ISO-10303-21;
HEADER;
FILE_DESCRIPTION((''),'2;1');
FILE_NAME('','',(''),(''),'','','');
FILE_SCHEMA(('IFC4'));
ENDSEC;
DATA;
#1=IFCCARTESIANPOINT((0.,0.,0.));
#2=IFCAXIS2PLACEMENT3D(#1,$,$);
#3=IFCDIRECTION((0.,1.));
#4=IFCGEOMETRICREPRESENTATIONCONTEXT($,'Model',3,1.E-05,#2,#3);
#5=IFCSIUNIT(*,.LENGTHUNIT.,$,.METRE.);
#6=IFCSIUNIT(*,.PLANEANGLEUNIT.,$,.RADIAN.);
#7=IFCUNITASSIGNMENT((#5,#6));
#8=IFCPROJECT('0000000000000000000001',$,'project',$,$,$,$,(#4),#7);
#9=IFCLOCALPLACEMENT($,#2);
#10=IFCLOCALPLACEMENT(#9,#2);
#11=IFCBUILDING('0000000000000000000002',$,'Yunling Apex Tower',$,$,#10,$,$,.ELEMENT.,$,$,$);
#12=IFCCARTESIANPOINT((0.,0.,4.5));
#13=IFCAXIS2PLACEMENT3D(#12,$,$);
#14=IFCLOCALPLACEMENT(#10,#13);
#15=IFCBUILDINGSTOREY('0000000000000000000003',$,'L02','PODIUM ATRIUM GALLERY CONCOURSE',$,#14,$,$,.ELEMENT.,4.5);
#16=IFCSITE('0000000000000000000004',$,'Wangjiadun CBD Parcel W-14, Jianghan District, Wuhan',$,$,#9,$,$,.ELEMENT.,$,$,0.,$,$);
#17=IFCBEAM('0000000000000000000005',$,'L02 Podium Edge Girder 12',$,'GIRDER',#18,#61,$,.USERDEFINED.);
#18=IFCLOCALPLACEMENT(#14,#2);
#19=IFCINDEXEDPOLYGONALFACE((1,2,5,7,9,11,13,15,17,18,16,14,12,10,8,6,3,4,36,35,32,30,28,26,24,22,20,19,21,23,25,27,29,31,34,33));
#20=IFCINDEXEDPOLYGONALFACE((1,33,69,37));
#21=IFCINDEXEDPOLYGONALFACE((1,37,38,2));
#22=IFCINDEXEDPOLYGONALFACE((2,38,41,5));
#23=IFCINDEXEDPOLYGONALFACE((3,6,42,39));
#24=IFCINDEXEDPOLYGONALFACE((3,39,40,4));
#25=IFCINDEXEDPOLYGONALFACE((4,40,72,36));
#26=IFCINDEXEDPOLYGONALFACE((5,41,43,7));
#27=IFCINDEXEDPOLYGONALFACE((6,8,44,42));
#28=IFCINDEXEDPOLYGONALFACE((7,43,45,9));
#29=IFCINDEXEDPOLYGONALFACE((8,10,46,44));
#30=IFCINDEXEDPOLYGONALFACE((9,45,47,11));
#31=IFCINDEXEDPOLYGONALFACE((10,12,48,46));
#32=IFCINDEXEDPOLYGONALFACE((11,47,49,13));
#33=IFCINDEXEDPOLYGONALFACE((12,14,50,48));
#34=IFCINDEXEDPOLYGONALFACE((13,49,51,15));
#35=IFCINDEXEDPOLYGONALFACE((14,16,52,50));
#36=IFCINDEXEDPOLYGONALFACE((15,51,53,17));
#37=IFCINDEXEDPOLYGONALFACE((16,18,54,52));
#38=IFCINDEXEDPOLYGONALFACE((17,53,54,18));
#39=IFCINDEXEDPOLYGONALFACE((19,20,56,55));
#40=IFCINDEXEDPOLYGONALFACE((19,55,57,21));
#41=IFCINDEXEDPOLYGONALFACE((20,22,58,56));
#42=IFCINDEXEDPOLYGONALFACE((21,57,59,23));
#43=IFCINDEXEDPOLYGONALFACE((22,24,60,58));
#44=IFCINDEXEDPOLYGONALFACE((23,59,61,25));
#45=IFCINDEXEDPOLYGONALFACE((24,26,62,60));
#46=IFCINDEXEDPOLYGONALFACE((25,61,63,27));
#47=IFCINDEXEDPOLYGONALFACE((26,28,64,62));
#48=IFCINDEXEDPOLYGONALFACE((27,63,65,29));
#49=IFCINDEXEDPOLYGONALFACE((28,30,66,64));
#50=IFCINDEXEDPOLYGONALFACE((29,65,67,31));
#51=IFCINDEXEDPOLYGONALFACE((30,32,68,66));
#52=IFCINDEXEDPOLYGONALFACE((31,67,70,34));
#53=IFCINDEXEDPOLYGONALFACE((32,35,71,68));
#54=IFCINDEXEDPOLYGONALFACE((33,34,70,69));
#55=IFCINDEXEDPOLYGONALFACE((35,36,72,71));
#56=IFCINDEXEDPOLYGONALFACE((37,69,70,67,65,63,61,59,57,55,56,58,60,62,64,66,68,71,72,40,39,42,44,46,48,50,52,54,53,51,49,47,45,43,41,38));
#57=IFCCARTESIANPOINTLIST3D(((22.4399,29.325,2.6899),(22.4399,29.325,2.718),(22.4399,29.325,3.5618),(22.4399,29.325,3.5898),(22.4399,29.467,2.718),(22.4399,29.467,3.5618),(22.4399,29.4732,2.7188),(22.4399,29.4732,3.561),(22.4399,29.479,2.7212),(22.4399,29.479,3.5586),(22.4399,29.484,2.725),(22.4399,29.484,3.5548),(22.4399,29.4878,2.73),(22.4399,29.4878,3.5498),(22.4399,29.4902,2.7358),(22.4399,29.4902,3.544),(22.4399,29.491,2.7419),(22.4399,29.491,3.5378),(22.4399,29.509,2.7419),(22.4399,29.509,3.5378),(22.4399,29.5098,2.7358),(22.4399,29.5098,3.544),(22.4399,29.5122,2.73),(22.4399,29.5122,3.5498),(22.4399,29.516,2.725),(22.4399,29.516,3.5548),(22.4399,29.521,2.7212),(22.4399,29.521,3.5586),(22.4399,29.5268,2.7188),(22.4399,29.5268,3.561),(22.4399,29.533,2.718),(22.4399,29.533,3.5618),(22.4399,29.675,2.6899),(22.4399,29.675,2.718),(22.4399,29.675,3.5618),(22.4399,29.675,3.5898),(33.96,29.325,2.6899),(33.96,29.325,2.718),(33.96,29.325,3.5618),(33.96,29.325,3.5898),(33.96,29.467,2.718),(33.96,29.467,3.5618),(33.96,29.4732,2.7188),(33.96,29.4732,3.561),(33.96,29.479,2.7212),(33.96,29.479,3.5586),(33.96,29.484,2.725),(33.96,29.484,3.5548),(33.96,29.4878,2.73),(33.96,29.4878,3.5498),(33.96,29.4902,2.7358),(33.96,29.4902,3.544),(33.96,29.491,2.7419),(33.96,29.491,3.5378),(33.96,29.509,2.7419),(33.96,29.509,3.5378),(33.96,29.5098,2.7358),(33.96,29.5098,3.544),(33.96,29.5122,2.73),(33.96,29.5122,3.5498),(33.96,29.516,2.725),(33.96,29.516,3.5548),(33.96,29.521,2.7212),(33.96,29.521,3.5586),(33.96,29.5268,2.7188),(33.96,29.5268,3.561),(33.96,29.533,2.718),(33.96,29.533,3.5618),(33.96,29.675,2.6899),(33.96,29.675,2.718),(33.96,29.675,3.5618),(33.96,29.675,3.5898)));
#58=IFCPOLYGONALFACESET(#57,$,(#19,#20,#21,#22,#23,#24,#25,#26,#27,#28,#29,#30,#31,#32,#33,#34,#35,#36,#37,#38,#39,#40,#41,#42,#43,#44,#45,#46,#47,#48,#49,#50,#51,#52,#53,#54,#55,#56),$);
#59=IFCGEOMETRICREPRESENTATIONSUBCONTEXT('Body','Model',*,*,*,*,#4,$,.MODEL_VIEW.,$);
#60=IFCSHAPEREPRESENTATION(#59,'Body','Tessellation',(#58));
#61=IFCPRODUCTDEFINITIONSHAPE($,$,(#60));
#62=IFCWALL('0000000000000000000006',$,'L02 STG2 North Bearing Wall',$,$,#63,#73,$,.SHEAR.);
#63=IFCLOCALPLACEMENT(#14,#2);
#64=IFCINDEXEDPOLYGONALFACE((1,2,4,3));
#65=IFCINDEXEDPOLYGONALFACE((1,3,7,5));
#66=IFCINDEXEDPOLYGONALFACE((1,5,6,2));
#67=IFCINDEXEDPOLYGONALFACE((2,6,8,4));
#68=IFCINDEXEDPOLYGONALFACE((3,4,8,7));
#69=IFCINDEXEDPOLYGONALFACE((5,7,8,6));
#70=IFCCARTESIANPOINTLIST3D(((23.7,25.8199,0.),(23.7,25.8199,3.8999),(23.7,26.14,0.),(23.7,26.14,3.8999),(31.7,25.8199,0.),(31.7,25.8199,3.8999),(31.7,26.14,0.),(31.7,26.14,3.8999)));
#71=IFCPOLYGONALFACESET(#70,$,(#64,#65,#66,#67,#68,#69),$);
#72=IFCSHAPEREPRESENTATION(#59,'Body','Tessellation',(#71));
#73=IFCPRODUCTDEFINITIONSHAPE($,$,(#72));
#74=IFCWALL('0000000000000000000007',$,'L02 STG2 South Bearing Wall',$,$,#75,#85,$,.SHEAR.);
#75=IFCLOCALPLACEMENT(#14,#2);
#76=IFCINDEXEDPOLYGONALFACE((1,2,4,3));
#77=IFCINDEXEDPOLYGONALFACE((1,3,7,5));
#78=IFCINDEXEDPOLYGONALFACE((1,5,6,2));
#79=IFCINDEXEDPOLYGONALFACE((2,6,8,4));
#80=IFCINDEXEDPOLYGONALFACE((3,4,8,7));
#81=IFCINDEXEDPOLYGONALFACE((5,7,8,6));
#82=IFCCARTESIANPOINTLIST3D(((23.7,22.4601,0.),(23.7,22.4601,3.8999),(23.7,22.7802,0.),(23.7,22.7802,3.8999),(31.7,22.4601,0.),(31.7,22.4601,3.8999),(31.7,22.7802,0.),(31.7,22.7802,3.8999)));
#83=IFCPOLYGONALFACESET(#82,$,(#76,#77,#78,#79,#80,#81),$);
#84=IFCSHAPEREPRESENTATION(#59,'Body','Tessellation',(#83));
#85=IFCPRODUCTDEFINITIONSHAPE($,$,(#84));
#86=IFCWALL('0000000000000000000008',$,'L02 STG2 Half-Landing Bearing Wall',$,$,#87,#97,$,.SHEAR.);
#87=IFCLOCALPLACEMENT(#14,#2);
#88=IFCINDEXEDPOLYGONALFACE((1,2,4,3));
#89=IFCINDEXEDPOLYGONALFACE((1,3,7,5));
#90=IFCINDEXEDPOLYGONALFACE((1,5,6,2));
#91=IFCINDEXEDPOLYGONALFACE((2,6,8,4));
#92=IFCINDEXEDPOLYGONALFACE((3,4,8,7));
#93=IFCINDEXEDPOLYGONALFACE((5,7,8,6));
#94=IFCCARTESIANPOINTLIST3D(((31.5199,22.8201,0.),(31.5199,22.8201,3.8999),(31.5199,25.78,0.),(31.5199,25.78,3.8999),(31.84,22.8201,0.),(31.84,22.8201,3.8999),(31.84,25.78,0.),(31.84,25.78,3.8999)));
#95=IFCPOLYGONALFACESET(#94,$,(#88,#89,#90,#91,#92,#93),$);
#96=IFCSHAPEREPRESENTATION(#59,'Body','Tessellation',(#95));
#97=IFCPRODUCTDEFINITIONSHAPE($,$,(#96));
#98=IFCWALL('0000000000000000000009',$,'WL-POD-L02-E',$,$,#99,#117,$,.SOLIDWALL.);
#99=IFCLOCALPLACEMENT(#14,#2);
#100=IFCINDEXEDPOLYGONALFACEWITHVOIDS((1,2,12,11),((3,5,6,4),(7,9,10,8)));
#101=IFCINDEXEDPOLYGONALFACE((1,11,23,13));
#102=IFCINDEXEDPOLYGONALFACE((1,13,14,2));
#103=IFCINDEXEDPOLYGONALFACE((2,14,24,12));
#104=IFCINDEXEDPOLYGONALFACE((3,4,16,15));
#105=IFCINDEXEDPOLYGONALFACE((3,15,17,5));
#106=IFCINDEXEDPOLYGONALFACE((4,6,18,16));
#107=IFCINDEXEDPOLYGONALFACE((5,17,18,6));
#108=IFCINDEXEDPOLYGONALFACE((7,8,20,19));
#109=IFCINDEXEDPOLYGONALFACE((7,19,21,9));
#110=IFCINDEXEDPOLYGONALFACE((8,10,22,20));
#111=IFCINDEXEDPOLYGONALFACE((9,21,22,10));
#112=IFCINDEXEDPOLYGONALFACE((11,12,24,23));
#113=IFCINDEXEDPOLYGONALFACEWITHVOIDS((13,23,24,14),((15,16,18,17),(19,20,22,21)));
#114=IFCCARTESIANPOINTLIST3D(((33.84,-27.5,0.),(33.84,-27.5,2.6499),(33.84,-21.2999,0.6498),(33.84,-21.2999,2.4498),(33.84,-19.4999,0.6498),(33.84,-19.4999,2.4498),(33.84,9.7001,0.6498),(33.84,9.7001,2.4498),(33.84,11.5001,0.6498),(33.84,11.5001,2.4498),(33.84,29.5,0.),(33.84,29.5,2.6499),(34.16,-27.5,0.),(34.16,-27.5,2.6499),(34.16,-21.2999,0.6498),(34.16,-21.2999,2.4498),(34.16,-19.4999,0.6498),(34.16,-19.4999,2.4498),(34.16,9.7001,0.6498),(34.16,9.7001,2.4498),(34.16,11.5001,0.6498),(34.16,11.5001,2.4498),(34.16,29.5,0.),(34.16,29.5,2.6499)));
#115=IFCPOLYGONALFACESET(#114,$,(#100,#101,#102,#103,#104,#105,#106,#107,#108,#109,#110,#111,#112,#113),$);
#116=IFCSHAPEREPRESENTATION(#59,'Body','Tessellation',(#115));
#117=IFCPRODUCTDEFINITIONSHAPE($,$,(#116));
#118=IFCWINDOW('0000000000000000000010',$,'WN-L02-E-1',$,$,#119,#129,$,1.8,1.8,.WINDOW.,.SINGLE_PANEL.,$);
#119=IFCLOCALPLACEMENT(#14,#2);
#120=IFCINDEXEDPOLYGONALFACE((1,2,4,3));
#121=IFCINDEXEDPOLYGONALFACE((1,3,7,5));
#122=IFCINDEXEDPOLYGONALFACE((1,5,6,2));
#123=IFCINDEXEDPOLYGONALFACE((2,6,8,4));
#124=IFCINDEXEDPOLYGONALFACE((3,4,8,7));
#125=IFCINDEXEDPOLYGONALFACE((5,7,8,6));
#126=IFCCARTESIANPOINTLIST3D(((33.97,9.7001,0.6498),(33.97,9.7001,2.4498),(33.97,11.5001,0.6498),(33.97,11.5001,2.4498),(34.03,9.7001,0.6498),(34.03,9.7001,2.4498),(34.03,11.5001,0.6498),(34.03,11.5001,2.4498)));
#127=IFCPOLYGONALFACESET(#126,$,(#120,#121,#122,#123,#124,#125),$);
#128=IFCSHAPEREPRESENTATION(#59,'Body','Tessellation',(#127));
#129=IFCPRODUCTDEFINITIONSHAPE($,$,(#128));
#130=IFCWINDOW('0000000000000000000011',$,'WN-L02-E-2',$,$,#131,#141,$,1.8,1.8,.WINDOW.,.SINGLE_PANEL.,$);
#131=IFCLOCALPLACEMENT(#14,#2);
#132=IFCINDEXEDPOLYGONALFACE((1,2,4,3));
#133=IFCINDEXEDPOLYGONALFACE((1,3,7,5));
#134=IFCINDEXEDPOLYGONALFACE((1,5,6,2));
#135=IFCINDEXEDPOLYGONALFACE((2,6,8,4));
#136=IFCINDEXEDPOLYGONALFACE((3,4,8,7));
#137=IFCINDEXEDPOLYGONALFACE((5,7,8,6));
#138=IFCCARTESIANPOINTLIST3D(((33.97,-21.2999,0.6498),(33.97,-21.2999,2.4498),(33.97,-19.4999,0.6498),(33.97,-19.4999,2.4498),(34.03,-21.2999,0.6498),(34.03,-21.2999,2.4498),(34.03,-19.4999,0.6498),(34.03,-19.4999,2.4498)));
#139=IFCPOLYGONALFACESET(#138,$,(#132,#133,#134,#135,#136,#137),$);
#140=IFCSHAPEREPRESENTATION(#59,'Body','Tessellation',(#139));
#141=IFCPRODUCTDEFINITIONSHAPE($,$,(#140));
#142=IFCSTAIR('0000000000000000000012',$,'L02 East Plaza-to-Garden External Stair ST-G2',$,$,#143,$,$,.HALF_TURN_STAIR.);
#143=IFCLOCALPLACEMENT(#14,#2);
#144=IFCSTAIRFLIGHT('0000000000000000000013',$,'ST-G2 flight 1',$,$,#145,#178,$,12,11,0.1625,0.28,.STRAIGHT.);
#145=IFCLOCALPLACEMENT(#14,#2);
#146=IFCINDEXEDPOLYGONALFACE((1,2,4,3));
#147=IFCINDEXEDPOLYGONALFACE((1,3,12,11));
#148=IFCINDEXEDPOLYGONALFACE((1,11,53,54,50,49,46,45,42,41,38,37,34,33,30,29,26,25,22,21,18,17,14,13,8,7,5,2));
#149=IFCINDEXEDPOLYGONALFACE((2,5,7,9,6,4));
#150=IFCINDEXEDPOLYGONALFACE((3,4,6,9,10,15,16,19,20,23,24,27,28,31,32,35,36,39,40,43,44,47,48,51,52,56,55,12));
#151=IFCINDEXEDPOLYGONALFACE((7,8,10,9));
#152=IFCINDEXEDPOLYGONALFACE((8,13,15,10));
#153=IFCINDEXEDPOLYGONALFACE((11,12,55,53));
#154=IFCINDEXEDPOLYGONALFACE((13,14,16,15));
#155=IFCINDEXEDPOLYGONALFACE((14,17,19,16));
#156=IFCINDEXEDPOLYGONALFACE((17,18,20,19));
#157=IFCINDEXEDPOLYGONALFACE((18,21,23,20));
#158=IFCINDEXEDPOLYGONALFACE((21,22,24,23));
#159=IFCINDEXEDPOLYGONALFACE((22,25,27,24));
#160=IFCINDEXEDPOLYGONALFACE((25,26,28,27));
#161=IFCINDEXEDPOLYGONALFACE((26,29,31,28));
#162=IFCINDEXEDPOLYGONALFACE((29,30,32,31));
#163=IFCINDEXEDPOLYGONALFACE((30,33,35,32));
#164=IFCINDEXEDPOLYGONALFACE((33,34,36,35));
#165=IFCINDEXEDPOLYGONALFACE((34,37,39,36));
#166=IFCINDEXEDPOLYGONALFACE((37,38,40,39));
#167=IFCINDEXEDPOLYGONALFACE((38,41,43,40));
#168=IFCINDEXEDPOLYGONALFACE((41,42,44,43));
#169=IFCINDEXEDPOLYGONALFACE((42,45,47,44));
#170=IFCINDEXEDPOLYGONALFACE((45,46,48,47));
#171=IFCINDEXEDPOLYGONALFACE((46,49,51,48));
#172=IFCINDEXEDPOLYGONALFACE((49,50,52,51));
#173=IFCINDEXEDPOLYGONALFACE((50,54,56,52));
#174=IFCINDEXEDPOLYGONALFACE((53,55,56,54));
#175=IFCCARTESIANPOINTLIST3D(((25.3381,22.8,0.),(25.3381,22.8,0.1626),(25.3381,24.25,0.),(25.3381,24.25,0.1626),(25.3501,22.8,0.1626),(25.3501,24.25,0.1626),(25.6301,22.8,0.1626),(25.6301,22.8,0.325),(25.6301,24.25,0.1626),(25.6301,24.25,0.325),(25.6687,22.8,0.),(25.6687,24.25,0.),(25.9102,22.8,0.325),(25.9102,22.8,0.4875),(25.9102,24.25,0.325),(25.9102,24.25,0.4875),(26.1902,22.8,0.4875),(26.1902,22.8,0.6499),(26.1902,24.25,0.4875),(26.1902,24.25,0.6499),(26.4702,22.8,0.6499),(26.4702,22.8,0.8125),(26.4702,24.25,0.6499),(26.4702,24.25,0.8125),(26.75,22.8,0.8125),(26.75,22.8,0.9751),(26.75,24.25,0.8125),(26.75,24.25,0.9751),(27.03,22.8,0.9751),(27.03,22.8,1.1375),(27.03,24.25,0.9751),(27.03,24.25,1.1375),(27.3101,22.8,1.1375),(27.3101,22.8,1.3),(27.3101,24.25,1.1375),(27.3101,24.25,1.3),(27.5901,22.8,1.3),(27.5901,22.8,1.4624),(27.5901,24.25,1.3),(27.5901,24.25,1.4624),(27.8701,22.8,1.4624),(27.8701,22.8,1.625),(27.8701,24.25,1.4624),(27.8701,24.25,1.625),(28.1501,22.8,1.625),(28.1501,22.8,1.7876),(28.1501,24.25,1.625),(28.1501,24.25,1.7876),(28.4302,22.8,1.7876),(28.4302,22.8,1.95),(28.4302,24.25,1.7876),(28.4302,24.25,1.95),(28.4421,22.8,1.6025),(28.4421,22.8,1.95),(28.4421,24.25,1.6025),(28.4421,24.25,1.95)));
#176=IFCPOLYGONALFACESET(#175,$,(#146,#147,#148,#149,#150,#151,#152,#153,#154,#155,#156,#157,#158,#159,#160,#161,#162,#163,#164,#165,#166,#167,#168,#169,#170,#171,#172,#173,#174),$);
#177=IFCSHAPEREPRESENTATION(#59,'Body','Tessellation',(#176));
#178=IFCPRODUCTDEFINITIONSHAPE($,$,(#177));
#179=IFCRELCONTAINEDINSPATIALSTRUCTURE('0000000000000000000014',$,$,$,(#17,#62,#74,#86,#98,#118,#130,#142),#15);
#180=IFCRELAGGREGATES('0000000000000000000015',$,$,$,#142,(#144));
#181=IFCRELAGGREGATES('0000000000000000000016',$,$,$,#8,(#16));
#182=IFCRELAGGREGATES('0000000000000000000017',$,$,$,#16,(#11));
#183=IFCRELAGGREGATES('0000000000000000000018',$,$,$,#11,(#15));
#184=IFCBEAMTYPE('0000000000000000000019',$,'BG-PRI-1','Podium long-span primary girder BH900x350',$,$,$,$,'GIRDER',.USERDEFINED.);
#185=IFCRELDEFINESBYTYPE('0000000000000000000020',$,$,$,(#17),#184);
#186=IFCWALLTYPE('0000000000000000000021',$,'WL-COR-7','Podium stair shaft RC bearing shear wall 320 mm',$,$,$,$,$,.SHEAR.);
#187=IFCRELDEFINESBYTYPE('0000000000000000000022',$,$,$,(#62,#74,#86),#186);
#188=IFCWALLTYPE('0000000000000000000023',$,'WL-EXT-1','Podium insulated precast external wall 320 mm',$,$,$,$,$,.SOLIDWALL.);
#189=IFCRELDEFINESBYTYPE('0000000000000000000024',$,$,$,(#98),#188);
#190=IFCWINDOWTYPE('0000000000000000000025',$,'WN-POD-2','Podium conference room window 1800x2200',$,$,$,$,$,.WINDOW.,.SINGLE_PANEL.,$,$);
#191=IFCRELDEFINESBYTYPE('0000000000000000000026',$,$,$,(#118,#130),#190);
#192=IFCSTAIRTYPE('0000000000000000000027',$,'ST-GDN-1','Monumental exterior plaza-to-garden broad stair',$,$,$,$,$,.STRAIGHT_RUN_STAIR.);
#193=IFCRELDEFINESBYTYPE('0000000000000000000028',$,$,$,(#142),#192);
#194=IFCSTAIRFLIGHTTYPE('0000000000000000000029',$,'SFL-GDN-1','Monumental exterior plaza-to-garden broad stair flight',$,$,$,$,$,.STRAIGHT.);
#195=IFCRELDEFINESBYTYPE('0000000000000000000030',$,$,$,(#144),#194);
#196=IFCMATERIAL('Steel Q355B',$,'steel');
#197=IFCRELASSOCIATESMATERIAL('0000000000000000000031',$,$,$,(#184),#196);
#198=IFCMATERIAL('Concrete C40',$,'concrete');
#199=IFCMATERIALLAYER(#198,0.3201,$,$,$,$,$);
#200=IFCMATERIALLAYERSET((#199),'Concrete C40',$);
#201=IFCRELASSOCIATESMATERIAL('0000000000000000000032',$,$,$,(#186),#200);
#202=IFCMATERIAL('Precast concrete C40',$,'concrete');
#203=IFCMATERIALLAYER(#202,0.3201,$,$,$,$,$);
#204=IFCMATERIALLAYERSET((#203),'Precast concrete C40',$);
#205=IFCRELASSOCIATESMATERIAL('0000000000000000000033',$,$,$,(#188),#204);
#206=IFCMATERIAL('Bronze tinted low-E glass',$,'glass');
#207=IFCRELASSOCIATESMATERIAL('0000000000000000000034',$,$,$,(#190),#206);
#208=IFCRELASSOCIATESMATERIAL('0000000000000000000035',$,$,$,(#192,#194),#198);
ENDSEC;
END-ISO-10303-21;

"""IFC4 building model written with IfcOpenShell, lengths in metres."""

from ifc_helpers import new_model, si_unit, direction, frame, frame_2d, origin, origin_2d, place, context, subcontext, project, spatial, polyline, rectangle, i_section, outline, extrude, source, transform, mapped, material, layer, layer_set, material_profile, profile_set, type_object, element, fill, aggregate, save


model = new_model("IFC4")

# Units and contexts
model_context = context("Model", 3, precision=1e-05, world=origin(), true_north=direction((0.0, 1.0)))
body_context = subcontext(model_context, "Body", "Model", "MODEL_VIEW")
ifc_project = project(units=[si_unit("LENGTHUNIT", "METRE"), si_unit("PLANEANGLEUNIT", "RADIAN")], contexts=[model_context])

# Site, building, storey
site_placement = place(None, origin())
site = spatial("IfcSite", under=ifc_project, at=site_placement, Name="Wangjiadun CBD Parcel W-14, Jianghan District, Wuhan", CompositionType="ELEMENT", RefElevation=0.0)
building_placement = place(site_placement, origin())
building = spatial("IfcBuilding", under=site, at=building_placement, Name="Yunling Apex Tower", CompositionType="ELEMENT")
storey_placement = place(building_placement, frame((0.0, 0.0, 4.5)))
storey = spatial("IfcBuildingStorey", under=building, at=storey_placement, Name="L02", Description="PODIUM ATRIUM GALLERY CONCOURSE", CompositionType="ELEMENT", Elevation=4.5)

# Beam
ifc_material_1 = material(Name="Steel Q355B", Category="steel")
ifc_material_profile_1 = material_profile(ifc_material_1, i_section(OverallWidth=0.3501, OverallDepth=0.8999, WebThickness=0.0181, FlangeThickness=0.0281, FilletRadius=0.0239, at=origin_2d()))
ifc_profile_set_1 = profile_set([ifc_material_profile_1], Name="Steel Q355B")
beam_type_1 = type_object("IfcBeamType", Name="BG-PRI-1", Description="Podium long-span primary girder BH900x350", ElementType="GIRDER", PredefinedType="USERDEFINED", material=ifc_profile_set_1)
shared_shape_1 = source(origin(), body_context, "Body", "SweptSolid", [
    extrude(i_section(OverallWidth=0.3501, OverallDepth=0.8999, WebThickness=0.0181, FlangeThickness=0.0281, FilletRadius=0.0239, at=origin_2d()), origin(), (0.0, 0.0, 1.0), 11.52),
])
beam_1_placement = place(storey_placement, frame((22.4399, 29.5, 3.1399), z_axis=(1.0, 0.0, 0.0), x_axis=(0.0, 1.0, 0.0)))
element("IfcBeam", 1, at=beam_1_placement, inside=storey, type_object=beam_type_1, Name="L02 Podium Edge Girder 12", ObjectType="GIRDER", PredefinedType="USERDEFINED", context=body_context, shape_type="MappedRepresentation", body=[
    mapped(shared_shape_1, transform((0.0, 0.0, 0.0), scale=1.0)),
])

# Walls
ifc_material_2 = material(Name="Concrete C40", Category="concrete")
ifc_layer_1 = layer(ifc_material_2, 0.3201)
ifc_layer_set_1 = layer_set([ifc_layer_1], Name="Concrete C40")
wall_type_1 = type_object("IfcWallType", Name="WL-COR-7", Description="Podium stair shaft RC bearing shear wall 320 mm", PredefinedType="SHEAR", material=ifc_layer_set_1)
for number, where, z_axis, x_axis, name in (
    (2, (23.7, 25.98, 0.0), (0.0, 0.0, 1.0), (1.0, 0.0, 0.0), "L02 STG2 North Bearing Wall"),
    (3, (23.7, 22.6201, 0.0), (0.0, 0.0, 1.0), (1.0, 0.0, 0.0), "L02 STG2 South Bearing Wall"),
):
    element("IfcWall", number, at=place(storey_placement, frame(where, z_axis=z_axis, x_axis=x_axis)), inside=storey, type_object=wall_type_1, Name=name, PredefinedType="SHEAR", context=body_context, shape_type="SweptSolid", body=[
        extrude(rectangle(XDim=8.0, YDim=0.3201, at=frame_2d((4.0, 0.0))), origin(), (0.0, 0.0, 1.0), 3.8999),
    ])
wall_1_placement = place(storey_placement, frame((31.6799, 22.8201, 0.0), z_axis=(0.0, 0.0, 1.0), x_axis=(0.0, 1.0, 0.0)))
element("IfcWall", 4, at=wall_1_placement, inside=storey, type_object=wall_type_1, Name="L02 STG2 Half-Landing Bearing Wall", PredefinedType="SHEAR", context=body_context, shape_type="SweptSolid", body=[
    extrude(rectangle(XDim=2.96, YDim=0.3201, at=frame_2d((1.48, 0.0))), origin(), (0.0, 0.0, 1.0), 3.8999),
])

# Wall, openings, windows
ifc_material_3 = material(Name="Precast concrete C40", Category="concrete")
ifc_layer_2 = layer(ifc_material_3, 0.3201)
ifc_layer_set_2 = layer_set([ifc_layer_2], Name="Precast concrete C40")
wall_type_2 = type_object("IfcWallType", Name="WL-EXT-1", Description="Podium insulated precast external wall 320 mm", PredefinedType="SOLIDWALL", material=ifc_layer_set_2)
wall_2_placement = place(storey_placement, frame((34.0, 29.5, 0.0), z_axis=(0.0, 0.0, 1.0), x_axis=(0.0, -1.0, 0.0)))
wall_2 = element("IfcWall", 5, at=wall_2_placement, inside=storey, type_object=wall_type_2, Name="WL-POD-L02-E", PredefinedType="SOLIDWALL", context=body_context, shape_type="SweptSolid", body=[
    extrude(rectangle(XDim=57.0, YDim=0.3201, at=frame_2d((28.5, 0.0))), origin(), (0.0, 0.0, 1.0), 2.6499),
])
opening_1_placement = place(wall_2_placement, frame((18.0, 0.0, 0.6499)))
opening_1 = element("IfcOpeningElement", 6, at=opening_1_placement, cuts=wall_2, PredefinedType="OPENING", context=body_context, shape_type="SweptSolid", body=[
    extrude(rectangle(XDim=1.8, YDim=1.8, at=frame_2d((0.8999, 0.8999))), frame((0.0, 0.1699, 0.0), z_axis=(0.0, -1.0, 0.0), x_axis=(1.0, 0.0, 0.0)), (0.0, 0.0, 1.0), 0.3401),
])
opening_2_placement = place(wall_2_placement, frame((49.0, 0.0, 0.6499)))
opening_2 = element("IfcOpeningElement", 7, at=opening_2_placement, cuts=wall_2, PredefinedType="OPENING", context=body_context, shape_type="SweptSolid", body=[
    extrude(rectangle(XDim=1.8, YDim=1.8, at=frame_2d((0.8999, 0.8999))), frame((0.0, 0.1699, 0.0), z_axis=(0.0, -1.0, 0.0), x_axis=(1.0, 0.0, 0.0)), (0.0, 0.0, 1.0), 0.3401),
])
ifc_material_4 = material(Name="Bronze tinted low-E glass", Category="glass")
window_type = type_object("IfcWindowType", Name="WN-POD-2", Description="Podium conference room window 1800x2200", PartitioningType="SINGLE_PANEL", PredefinedType="WINDOW", material=ifc_material_4)
window_1_placement = place(opening_1_placement, origin())
window_1 = element("IfcWindow", 8, at=window_1_placement, inside=storey, type_object=window_type, Name="WN-L02-E-1", OverallHeight=1.8, OverallWidth=1.8, PartitioningType="SINGLE_PANEL", PredefinedType="WINDOW", context=body_context, shape_type="SweptSolid", body=[
    extrude(rectangle(XDim=1.8, YDim=1.8, at=frame_2d((0.8999, 0.8999))), frame((0.0, 0.03, 0.0), z_axis=(0.0, -1.0, 0.0), x_axis=(1.0, 0.0, 0.0)), (0.0, 0.0, 1.0), 0.0601),
])
fill(opening_1, window_1)
window_2_placement = place(opening_2_placement, origin())
window_2 = element("IfcWindow", 9, at=window_2_placement, inside=storey, type_object=window_type, Name="WN-L02-E-2", OverallHeight=1.8, OverallWidth=1.8, PartitioningType="SINGLE_PANEL", PredefinedType="WINDOW", context=body_context, shape_type="SweptSolid", body=[
    extrude(rectangle(XDim=1.8, YDim=1.8, at=frame_2d((0.8999, 0.8999))), frame((0.0, 0.03, 0.0), z_axis=(0.0, -1.0, 0.0), x_axis=(1.0, 0.0, 0.0)), (0.0, 0.0, 1.0), 0.0601),
])
fill(opening_2, window_2)

# Stair, stair flight
stair_type = type_object("IfcStairType", Name="ST-GDN-1", Description="Monumental exterior plaza-to-garden broad stair", PredefinedType="STRAIGHT_RUN_STAIR", material=ifc_material_2)
stair_placement = place(storey_placement, origin())
stair = element("IfcStair", 10, at=stair_placement, inside=storey, type_object=stair_type, Name="L02 East Plaza-to-Garden External Stair ST-G2", PredefinedType="HALF_TURN_STAIR")
stair_flight_type = type_object("IfcStairFlightType", Name="SFL-GDN-1", Description="Monumental exterior plaza-to-garden broad stair flight", PredefinedType="STRAIGHT", material=ifc_material_2)
stair_flight_1_placement = place(storey_placement, frame((25.3501, 23.5249, 0.0), z_axis=(0.0, 0.0, 1.0), x_axis=(1.0, 0.0, 0.0)))
stair_flight_1 = element("IfcStairFlight", 11, at=stair_flight_1_placement, type_object=stair_flight_type, Name="ST-G2 flight 1", NumberOfRisers=12, NumberOfTreads=11, PredefinedType="STRAIGHT", RiserHeight=0.1625, TreadLength=0.28, context=body_context, shape_type="SweptSolid", body=[
    extrude(outline(polyline([(-0.012, 0.0), (-0.012, 0.1626), (0.0, 0.1626), (0.28, 0.1626), (0.28, 0.325), (0.5601, 0.325), (0.5601, 0.4875), (0.8401, 0.4875), (0.8401, 0.6499), (1.1201, 0.6499), (1.1201, 0.8125), (1.3999, 0.8125), (1.3999, 0.9751), (1.6799, 0.9751), (1.6799, 1.1375), (1.96, 1.1375), (1.96, 1.3), (2.24, 1.3), (2.24, 1.4624), (2.52, 1.4624), (2.52, 1.625), (2.8, 1.625), (2.8, 1.7876), (3.0801, 1.7876), (3.0801, 1.95), (3.092, 1.95), (3.092, 1.6025), (0.3186, 0.0), (-0.012, 0.0)])), frame((0.0, 0.7251, 0.0), z_axis=(0.0, -1.0, 0.0), x_axis=(1.0, 0.0, 0.0)), (0.0, 0.0, 1.0), 1.45),
])
aggregate(stair, [stair_flight_1])

save(model, "model.ifc")
